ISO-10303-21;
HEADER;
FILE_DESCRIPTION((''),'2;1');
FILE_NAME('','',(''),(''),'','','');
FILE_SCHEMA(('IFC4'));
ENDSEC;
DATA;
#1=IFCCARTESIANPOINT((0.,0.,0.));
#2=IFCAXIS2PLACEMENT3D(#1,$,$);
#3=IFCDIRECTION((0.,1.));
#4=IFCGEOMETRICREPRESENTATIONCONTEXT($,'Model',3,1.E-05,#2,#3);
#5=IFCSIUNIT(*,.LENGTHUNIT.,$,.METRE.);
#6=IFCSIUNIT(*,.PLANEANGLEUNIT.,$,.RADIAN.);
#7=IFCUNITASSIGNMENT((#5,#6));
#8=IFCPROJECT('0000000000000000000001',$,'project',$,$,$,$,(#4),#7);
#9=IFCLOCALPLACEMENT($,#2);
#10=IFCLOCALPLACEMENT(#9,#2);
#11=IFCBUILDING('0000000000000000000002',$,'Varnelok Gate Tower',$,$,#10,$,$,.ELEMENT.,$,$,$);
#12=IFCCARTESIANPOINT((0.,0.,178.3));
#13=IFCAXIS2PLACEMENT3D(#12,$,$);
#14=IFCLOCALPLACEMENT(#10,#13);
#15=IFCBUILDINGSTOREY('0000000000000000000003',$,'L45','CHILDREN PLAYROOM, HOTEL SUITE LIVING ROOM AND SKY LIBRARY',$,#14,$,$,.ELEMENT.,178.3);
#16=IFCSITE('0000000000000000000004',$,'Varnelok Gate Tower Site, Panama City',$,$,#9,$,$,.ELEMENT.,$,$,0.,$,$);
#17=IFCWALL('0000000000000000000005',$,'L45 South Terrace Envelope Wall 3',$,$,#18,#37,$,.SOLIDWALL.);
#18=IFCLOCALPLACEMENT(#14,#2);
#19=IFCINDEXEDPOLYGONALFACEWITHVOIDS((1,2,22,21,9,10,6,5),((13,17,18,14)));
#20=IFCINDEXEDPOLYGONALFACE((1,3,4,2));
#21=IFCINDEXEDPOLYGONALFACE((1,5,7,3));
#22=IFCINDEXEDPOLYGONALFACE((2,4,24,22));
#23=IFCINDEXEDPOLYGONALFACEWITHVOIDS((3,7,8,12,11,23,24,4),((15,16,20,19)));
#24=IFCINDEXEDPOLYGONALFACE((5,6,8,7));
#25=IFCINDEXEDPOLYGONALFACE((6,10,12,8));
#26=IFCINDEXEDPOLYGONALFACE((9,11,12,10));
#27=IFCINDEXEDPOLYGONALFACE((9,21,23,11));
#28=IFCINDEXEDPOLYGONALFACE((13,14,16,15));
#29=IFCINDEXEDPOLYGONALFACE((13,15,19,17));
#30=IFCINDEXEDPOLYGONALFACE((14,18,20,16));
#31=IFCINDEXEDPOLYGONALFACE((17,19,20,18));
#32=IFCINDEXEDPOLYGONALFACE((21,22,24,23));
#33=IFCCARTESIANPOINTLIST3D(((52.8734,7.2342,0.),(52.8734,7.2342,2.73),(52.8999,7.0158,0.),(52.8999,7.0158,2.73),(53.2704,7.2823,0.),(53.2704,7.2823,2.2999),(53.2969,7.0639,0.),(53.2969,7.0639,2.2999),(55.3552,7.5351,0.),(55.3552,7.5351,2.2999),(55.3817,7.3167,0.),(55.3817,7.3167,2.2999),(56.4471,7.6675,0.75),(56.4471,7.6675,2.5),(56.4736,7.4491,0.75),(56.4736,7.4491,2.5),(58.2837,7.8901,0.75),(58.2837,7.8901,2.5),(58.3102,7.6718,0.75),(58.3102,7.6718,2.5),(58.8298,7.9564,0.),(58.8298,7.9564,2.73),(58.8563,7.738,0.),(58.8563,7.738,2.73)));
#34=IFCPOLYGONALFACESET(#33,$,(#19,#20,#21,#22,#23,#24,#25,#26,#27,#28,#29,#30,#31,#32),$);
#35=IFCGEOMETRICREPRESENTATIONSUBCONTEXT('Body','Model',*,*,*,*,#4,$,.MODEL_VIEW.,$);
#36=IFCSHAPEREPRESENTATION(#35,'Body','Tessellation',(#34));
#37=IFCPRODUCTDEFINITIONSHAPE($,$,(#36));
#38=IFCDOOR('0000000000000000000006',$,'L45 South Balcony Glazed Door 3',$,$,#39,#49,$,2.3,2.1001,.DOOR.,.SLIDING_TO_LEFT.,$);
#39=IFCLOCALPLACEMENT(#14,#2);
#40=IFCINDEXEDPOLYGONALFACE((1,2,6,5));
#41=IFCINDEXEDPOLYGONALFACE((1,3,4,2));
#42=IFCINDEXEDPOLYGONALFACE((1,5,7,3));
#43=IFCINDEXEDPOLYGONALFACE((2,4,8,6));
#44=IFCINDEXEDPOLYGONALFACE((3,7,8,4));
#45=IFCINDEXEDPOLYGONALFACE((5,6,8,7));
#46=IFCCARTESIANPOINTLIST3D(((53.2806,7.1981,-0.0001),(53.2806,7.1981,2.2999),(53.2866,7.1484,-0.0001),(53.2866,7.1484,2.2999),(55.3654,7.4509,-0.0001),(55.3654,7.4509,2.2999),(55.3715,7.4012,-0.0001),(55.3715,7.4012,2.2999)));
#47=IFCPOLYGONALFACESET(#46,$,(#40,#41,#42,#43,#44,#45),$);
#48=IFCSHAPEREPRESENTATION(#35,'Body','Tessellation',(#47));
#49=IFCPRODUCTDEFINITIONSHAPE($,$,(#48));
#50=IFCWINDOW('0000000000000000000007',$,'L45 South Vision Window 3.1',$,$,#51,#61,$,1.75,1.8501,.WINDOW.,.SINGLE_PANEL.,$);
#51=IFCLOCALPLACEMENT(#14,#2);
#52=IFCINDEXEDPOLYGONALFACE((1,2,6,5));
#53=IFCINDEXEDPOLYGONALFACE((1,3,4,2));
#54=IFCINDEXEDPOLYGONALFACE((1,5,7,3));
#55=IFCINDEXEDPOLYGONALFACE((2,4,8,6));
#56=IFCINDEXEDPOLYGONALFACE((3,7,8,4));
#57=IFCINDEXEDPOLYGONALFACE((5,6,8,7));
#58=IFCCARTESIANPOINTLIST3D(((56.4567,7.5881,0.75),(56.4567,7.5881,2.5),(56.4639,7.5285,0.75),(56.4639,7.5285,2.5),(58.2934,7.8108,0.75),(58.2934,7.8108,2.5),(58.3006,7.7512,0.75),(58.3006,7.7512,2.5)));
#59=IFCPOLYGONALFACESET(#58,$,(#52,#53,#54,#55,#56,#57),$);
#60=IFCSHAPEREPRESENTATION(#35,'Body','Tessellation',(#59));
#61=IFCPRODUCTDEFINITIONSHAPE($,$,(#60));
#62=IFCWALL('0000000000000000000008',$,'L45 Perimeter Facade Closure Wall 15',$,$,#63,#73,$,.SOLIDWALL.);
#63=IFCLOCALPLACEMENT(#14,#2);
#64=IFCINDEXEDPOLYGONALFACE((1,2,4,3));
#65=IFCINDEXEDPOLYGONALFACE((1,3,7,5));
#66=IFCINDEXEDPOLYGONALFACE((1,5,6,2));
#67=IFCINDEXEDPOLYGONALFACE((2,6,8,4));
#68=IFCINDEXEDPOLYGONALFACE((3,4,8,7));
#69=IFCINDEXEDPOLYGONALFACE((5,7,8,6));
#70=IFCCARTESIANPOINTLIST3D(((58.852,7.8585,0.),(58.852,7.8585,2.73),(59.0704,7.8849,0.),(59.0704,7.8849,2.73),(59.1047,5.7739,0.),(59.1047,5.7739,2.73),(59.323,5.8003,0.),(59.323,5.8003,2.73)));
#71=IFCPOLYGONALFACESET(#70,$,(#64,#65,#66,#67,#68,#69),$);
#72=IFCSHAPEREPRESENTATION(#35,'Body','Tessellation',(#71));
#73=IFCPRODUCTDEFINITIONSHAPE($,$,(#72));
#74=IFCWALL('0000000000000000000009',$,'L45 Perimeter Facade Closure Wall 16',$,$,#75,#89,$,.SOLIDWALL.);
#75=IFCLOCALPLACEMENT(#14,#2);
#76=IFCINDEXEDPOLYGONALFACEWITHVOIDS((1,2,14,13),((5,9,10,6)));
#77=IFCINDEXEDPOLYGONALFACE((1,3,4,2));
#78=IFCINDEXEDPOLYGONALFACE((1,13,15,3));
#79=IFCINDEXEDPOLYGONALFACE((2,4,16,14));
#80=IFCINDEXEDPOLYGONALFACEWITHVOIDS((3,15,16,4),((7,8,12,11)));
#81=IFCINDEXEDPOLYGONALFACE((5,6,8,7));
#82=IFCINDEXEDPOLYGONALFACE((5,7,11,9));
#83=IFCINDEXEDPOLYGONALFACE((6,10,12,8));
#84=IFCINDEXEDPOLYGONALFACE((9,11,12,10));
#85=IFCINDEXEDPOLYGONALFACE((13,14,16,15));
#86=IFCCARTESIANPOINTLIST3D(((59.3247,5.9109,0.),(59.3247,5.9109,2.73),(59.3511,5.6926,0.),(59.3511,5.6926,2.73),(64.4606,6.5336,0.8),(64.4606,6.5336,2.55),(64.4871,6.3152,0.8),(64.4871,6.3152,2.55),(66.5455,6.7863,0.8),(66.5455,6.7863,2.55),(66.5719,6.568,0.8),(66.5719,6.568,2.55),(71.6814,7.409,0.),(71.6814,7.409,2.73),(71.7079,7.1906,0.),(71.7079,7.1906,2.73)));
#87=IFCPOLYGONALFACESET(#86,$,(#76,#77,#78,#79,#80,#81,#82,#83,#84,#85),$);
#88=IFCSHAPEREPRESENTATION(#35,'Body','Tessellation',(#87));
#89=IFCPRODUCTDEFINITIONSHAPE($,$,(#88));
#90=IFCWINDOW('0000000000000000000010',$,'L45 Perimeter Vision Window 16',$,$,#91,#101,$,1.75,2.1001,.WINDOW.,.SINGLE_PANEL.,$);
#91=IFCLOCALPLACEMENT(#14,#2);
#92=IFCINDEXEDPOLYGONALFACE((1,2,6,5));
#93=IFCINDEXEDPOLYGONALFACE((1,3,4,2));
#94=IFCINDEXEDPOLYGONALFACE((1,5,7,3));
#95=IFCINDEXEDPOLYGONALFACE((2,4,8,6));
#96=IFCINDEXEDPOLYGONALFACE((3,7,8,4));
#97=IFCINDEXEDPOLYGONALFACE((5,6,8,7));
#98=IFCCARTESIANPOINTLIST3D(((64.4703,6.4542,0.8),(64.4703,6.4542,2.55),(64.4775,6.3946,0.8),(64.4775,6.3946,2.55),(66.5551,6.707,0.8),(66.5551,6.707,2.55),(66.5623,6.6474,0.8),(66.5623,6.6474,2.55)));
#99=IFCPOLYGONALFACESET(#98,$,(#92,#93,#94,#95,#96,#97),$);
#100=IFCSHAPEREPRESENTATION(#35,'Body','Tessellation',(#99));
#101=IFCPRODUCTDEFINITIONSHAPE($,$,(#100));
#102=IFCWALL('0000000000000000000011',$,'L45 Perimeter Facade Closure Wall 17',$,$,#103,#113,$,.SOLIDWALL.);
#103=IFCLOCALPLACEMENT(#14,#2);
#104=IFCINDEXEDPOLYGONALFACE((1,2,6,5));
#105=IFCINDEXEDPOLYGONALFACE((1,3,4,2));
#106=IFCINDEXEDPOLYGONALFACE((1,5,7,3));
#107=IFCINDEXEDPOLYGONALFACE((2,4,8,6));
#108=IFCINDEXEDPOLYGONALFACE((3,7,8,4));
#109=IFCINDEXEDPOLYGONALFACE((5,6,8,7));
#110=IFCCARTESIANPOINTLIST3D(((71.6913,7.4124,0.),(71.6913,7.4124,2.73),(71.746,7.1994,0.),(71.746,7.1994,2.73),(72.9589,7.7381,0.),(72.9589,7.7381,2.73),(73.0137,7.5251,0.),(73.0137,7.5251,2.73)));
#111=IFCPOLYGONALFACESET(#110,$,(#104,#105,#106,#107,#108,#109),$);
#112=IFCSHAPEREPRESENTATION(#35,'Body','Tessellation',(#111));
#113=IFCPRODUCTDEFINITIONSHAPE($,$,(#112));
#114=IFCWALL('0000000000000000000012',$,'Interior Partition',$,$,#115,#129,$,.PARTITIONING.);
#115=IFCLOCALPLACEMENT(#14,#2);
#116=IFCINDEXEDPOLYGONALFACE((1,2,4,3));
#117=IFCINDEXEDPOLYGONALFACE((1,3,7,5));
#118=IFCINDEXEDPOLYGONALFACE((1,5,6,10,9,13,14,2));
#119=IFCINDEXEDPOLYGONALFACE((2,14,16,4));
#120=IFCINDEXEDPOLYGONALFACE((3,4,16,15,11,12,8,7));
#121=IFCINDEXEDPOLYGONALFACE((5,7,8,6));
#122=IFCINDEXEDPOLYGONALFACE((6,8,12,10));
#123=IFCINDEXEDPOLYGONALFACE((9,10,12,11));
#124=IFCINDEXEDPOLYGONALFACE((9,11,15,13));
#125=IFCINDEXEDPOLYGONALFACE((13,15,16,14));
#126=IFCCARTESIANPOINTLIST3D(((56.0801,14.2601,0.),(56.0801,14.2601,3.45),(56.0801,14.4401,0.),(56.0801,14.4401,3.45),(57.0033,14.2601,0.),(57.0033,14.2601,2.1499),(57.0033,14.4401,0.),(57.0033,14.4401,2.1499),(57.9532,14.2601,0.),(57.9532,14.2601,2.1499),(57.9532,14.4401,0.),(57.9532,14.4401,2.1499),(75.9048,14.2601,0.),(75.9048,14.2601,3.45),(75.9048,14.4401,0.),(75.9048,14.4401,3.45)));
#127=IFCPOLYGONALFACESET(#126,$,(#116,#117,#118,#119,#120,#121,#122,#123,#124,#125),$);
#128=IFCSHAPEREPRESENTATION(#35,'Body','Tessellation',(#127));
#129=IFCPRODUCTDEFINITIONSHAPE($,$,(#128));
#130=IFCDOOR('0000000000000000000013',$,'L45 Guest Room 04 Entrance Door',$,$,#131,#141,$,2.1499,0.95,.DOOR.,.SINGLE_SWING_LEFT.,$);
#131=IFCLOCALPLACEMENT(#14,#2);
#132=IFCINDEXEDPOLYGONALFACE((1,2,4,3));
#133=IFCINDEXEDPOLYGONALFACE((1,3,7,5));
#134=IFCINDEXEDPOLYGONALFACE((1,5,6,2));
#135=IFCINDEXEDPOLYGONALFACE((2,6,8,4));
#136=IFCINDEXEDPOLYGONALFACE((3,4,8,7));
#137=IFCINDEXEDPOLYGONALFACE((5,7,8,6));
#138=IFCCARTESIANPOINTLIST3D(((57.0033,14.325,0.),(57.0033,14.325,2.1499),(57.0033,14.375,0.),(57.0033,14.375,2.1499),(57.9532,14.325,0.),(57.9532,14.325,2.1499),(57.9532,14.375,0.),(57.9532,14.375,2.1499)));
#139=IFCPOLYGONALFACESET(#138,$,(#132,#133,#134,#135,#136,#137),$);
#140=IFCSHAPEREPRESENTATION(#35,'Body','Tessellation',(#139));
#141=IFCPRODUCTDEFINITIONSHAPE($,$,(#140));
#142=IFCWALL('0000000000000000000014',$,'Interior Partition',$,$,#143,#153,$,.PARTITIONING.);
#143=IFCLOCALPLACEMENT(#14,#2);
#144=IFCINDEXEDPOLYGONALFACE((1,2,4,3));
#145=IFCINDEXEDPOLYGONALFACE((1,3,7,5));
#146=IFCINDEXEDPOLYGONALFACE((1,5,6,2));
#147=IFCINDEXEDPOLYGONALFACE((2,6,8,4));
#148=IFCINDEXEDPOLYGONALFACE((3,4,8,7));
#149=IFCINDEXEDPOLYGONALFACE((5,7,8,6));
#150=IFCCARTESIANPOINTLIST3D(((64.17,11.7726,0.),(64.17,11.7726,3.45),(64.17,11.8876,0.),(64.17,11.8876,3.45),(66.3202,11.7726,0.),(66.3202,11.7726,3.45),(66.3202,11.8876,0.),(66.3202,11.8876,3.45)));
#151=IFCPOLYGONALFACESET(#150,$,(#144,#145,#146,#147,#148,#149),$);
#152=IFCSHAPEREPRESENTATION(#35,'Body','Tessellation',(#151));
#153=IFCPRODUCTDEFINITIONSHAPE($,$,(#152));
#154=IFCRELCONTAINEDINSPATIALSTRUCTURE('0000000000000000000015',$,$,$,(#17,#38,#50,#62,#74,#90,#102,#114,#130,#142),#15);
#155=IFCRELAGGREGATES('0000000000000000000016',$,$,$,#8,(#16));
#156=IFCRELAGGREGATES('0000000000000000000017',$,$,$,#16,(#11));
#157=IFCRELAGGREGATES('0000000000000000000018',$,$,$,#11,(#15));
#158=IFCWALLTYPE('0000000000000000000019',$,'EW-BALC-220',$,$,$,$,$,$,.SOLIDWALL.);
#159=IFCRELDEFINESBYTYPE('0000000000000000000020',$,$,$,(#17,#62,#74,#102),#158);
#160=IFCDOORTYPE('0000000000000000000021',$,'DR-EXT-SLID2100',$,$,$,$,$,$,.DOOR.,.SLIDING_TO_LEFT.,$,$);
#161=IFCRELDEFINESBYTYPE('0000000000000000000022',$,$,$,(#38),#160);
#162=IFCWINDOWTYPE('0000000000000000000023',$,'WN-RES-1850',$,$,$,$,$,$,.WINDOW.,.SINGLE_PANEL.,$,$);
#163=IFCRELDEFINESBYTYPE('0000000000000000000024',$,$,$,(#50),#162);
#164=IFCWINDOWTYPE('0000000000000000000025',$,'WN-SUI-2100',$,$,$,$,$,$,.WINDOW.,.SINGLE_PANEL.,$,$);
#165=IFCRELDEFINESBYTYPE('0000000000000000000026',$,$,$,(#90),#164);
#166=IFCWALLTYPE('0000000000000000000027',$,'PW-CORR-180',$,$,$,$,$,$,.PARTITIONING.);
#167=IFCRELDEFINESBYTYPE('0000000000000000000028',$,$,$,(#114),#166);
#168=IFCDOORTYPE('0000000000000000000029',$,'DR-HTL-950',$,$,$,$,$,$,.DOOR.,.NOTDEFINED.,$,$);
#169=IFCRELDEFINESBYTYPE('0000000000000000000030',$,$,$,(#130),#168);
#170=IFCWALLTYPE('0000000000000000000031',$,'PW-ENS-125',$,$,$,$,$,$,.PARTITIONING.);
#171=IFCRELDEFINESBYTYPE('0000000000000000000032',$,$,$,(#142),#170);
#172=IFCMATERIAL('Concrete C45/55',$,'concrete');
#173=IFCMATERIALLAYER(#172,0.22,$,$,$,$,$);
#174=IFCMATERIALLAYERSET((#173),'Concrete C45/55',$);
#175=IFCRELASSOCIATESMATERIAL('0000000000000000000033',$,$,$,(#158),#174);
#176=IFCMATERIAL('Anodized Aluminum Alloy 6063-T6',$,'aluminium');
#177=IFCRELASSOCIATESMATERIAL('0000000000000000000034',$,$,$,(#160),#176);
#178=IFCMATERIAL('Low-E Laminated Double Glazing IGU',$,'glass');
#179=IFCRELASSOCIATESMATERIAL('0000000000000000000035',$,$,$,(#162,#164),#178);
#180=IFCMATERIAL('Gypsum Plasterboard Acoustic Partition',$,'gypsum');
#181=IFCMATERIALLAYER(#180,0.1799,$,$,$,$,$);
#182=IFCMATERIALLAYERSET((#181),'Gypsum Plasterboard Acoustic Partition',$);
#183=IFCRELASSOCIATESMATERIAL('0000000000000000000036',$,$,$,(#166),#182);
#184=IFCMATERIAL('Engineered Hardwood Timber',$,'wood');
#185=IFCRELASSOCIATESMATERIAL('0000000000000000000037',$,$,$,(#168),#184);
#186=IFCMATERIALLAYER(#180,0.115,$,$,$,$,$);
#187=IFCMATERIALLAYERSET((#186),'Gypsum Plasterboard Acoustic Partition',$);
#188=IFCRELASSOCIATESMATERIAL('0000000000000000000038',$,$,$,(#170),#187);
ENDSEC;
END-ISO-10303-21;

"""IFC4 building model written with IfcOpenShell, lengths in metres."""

from ifc_helpers import new_model, si_unit, direction, frame, frame_2d, origin, place, context, subcontext, project, spatial, rectangle, extrude, material, layer, layer_set, type_object, element, fill, save


model = new_model("IFC4")

# Units and contexts
model_context = context("Model", 3, precision=1e-05, world=origin(), true_north=direction((0.0, 1.0)))
body_context = subcontext(model_context, "Body", "Model", "MODEL_VIEW")
ifc_project = project(units=[si_unit("LENGTHUNIT", "METRE"), si_unit("PLANEANGLEUNIT", "RADIAN")], contexts=[model_context])

# Site, building, storey
site_placement = place(None, origin())
site = spatial("IfcSite", under=ifc_project, at=site_placement, Name="Varnelok Gate Tower Site, Panama City", CompositionType="ELEMENT", RefElevation=0.0)
building_placement = place(site_placement, origin())
building = spatial("IfcBuilding", under=site, at=building_placement, Name="Varnelok Gate Tower", CompositionType="ELEMENT")
storey_placement = place(building_placement, frame((0.0, 0.0, 178.3)))
storey = spatial("IfcBuildingStorey", under=building, at=storey_placement, Name="L45", Description="CHILDREN PLAYROOM, HOTEL SUITE LIVING ROOM AND SKY LIBRARY", CompositionType="ELEMENT", Elevation=178.3)

# Wall, openings, door, window
ifc_material_1 = material(Name="Concrete C45/55", Category="concrete")
ifc_layer_1 = layer(ifc_material_1, 0.22)
ifc_layer_set_1 = layer_set([ifc_layer_1], Name="Concrete C45/55")
wall_type_1 = type_object("IfcWallType", Name="EW-BALC-220", PredefinedType="SOLIDWALL", material=ifc_layer_set_1)
wall_1_placement = place(storey_placement, frame((58.843, 7.8472, 0.0), z_axis=(0.0, 0.0, 1.0), x_axis=(-0.99273, -0.120363, 0.0)))
wall_1 = element("IfcWall", 1, at=wall_1_placement, inside=storey, type_object=wall_type_1, Name="L45 South Terrace Envelope Wall 3", PredefinedType="SOLIDWALL", context=body_context, shape_type="SweptSolid", body=[
    extrude(rectangle(XDim=6.0, YDim=0.22, at=frame_2d((3.0, 0.0))), origin(), (0.0, 0.0, 1.0), 2.73),
])
opening_1_placement = place(wall_1_placement, frame((3.5, 0.0, 0.0)))
opening_1 = element("IfcOpeningElement", 2, at=opening_1_placement, cuts=wall_1, PredefinedType="OPENING", context=body_context, shape_type="SweptSolid", body=[
    extrude(rectangle(XDim=2.1001, YDim=2.3, at=frame_2d((1.05, 1.1499))), frame((0.0, 0.1199, 0.0), z_axis=(0.0, -1.0, 0.0), x_axis=(1.0, 0.0, 0.0)), (0.0, 0.0, 1.0), 0.24),
])
opening_2_placement = place(wall_1_placement, frame((0.55, 0.0, 0.75)))
opening_2 = element("IfcOpeningElement", 3, at=opening_2_placement, cuts=wall_1, PredefinedType="OPENING", context=body_context, shape_type="SweptSolid", body=[
    extrude(rectangle(XDim=1.8501, YDim=1.75, at=frame_2d((0.925, 0.875))), frame((0.0, 0.1199, 0.0), z_axis=(0.0, -1.0, 0.0), x_axis=(1.0, 0.0, 0.0)), (0.0, 0.0, 1.0), 0.24),
])
ifc_material_2 = material(Name="Anodized Aluminum Alloy 6063-T6", Category="aluminium")
door_type_1 = type_object("IfcDoorType", Name="DR-EXT-SLID2100", OperationType="SLIDING_TO_LEFT", PredefinedType="DOOR", material=ifc_material_2)
door_1_placement = place(opening_1_placement, origin())
door_1 = element("IfcDoor", 4, at=door_1_placement, inside=storey, type_object=door_type_1, Name="L45 South Balcony Glazed Door 3", OperationType="SLIDING_TO_LEFT", OverallHeight=2.3, OverallWidth=2.1001, PredefinedType="DOOR", context=body_context, shape_type="SweptSolid", body=[
    extrude(rectangle(XDim=2.1001, YDim=2.3, at=frame_2d((1.05, 1.1499))), frame((0.0, 0.0249, 0.0), z_axis=(0.0, -1.0, 0.0), x_axis=(1.0, 0.0, 0.0)), (0.0, 0.0, 1.0), 0.05),
])
fill(opening_1, door_1)
ifc_material_3 = material(Name="Low-E Laminated Double Glazing IGU", Category="glass")
window_type_1 = type_object("IfcWindowType", Name="WN-RES-1850", PartitioningType="SINGLE_PANEL", PredefinedType="WINDOW", material=ifc_material_3)
window_1_placement = place(opening_2_placement, origin())
window_1 = element("IfcWindow", 5, at=window_1_placement, inside=storey, type_object=window_type_1, Name="L45 South Vision Window 3.1", OverallHeight=1.75, OverallWidth=1.8501, PartitioningType="SINGLE_PANEL", PredefinedType="WINDOW", context=body_context, shape_type="SweptSolid", body=[
    extrude(rectangle(XDim=1.8501, YDim=1.75, at=frame_2d((0.925, 0.875))), frame((0.0, 0.03, 0.0), z_axis=(0.0, -1.0, 0.0), x_axis=(1.0, 0.0, 0.0)), (0.0, 0.0, 1.0), 0.0601),
])
fill(opening_2, window_1)

# Wall
wall_2_placement = place(storey_placement, frame((58.9612, 7.8716, 0.0), z_axis=(0.0, 0.0, 1.0), x_axis=(0.120328, -0.992734, 0.0)))
element("IfcWall", 6, at=wall_2_placement, inside=storey, type_object=wall_type_1, Name="L45 Perimeter Facade Closure Wall 15", PredefinedType="SOLIDWALL", context=body_context, shape_type="SweptSolid", body=[
    extrude(rectangle(XDim=2.0999, YDim=0.22, at=frame_2d((1.0498, 0.0))), origin(), (0.0, 0.0, 1.0), 2.73),
])

# Wall, opening, window
wall_3_placement = place(storey_placement, frame((59.3379, 5.8018, 0.0), z_axis=(0.0, 0.0, 1.0), x_axis=(0.992731, 0.120352, 0.0)))
wall_3 = element("IfcWall", 7, at=wall_3_placement, inside=storey, type_object=wall_type_1, Name="L45 Perimeter Facade Closure Wall 16", PredefinedType="SOLIDWALL", context=body_context, shape_type="SweptSolid", body=[
    extrude(rectangle(XDim=12.4473, YDim=0.22, at=frame_2d((6.2236, 0.0))), origin(), (0.0, 0.0, 1.0), 2.73),
])
opening_3_placement = place(wall_3_placement, frame((5.1736, 0.0, 0.8)))
opening_3 = element("IfcOpeningElement", 8, at=opening_3_placement, cuts=wall_3, PredefinedType="OPENING", context=body_context, shape_type="SweptSolid", body=[
    extrude(rectangle(XDim=2.1001, YDim=1.75, at=frame_2d((1.05, 0.875))), frame((0.0, 0.1199, 0.0), z_axis=(0.0, -1.0, 0.0), x_axis=(1.0, 0.0, 0.0)), (0.0, 0.0, 1.0), 0.24),
])
window_type_2 = type_object("IfcWindowType", Name="WN-SUI-2100", PartitioningType="SINGLE_PANEL", PredefinedType="WINDOW", material=ifc_material_3)
window_2_placement = place(opening_3_placement, origin())
window_2 = element("IfcWindow", 9, at=window_2_placement, inside=storey, type_object=window_type_2, Name="L45 Perimeter Vision Window 16", OverallHeight=1.75, OverallWidth=2.1001, PartitioningType="SINGLE_PANEL", PredefinedType="WINDOW", context=body_context, shape_type="SweptSolid", body=[
    extrude(rectangle(XDim=2.1001, YDim=1.75, at=frame_2d((1.05, 0.875))), frame((0.0, 0.03, 0.0), z_axis=(0.0, -1.0, 0.0), x_axis=(1.0, 0.0, 0.0)), (0.0, 0.0, 1.0), 0.0601),
])
fill(opening_3, window_2)

# Wall
wall_4_placement = place(storey_placement, frame((71.7188, 7.3059, 0.0), z_axis=(0.0, 0.0, 1.0), x_axis=(0.968542, 0.248851, 0.0)))
element("IfcWall", 10, at=wall_4_placement, inside=storey, type_object=wall_type_1, Name="L45 Perimeter Facade Closure Wall 17", PredefinedType="SOLIDWALL", context=body_context, shape_type="SweptSolid", body=[
    extrude(rectangle(XDim=1.3088, YDim=0.22, at=frame_2d((0.6543, 0.0))), origin(), (0.0, 0.0, 1.0), 2.73),
])

# Wall, opening, door
ifc_material_4 = material(Name="Gypsum Plasterboard Acoustic Partition", Category="gypsum")
ifc_layer_2 = layer(ifc_material_4, 0.1799)
ifc_layer_set_2 = layer_set([ifc_layer_2], Name="Gypsum Plasterboard Acoustic Partition")
wall_type_2 = type_object("IfcWallType", Name="PW-CORR-180", PredefinedType="PARTITIONING", material=ifc_layer_set_2)
wall_5_placement = place(storey_placement, frame((56.0801, 14.3501, 0.0), z_axis=(0.0, 0.0, 1.0), x_axis=(1.0, 0.0, 0.0)))
wall_5 = element("IfcWall", 11, at=wall_5_placement, inside=storey, type_object=wall_type_2, Name="Interior Partition", PredefinedType="PARTITIONING", context=body_context, shape_type="SweptSolid", body=[
    extrude(rectangle(XDim=19.8247, YDim=0.1799, at=frame_2d((9.9124, 0.0))), origin(), (0.0, 0.0, 1.0), 3.45),
])
opening_4_placement = place(wall_5_placement, frame((0.9231, 0.0, 0.0)))
opening_4 = element("IfcOpeningElement", 12, at=opening_4_placement, cuts=wall_5, PredefinedType="OPENING", context=body_context, shape_type="SweptSolid", body=[
    extrude(rectangle(XDim=0.95, YDim=2.1499, at=frame_2d((0.4751, 1.075))), frame((0.0, 0.0999, 0.0), z_axis=(0.0, -1.0, 0.0), x_axis=(1.0, 0.0, 0.0)), (0.0, 0.0, 1.0), 0.2),
])
ifc_material_5 = material(Name="Engineered Hardwood Timber", Category="wood")
door_type_2 = type_object("IfcDoorType", Name="DR-HTL-950", OperationType="NOTDEFINED", PredefinedType="DOOR", material=ifc_material_5)
door_2_placement = place(opening_4_placement, origin())
door_2 = element("IfcDoor", 13, at=door_2_placement, inside=storey, type_object=door_type_2, Name="L45 Guest Room 04 Entrance Door", OperationType="SINGLE_SWING_LEFT", OverallHeight=2.1499, OverallWidth=0.95, PredefinedType="DOOR", context=body_context, shape_type="SweptSolid", body=[
    extrude(rectangle(XDim=0.95, YDim=2.1499, at=frame_2d((0.4751, 1.075))), frame((0.0, 0.0249, 0.0), z_axis=(0.0, -1.0, 0.0), x_axis=(1.0, 0.0, 0.0)), (0.0, 0.0, 1.0), 0.05),
])
fill(opening_4, door_2)

# Wall
ifc_layer_3 = layer(ifc_material_4, 0.115)
ifc_layer_set_3 = layer_set([ifc_layer_3], Name="Gypsum Plasterboard Acoustic Partition")
wall_type_3 = type_object("IfcWallType", Name="PW-ENS-125", PredefinedType="PARTITIONING", material=ifc_layer_set_3)
wall_6_placement = place(storey_placement, frame((64.1699, 11.8301, 0.0), z_axis=(0.0, 0.0, 1.0), x_axis=(1.0, 0.0, 0.0)))
element("IfcWall", 14, at=wall_6_placement, inside=storey, type_object=wall_type_3, Name="Interior Partition", PredefinedType="PARTITIONING", context=body_context, shape_type="SweptSolid", body=[
    extrude(rectangle(XDim=2.1501, YDim=0.115, at=frame_2d((1.0752, 0.0))), origin(), (0.0, 0.0, 1.0), 3.45),
])

save(model, "model.ifc")
